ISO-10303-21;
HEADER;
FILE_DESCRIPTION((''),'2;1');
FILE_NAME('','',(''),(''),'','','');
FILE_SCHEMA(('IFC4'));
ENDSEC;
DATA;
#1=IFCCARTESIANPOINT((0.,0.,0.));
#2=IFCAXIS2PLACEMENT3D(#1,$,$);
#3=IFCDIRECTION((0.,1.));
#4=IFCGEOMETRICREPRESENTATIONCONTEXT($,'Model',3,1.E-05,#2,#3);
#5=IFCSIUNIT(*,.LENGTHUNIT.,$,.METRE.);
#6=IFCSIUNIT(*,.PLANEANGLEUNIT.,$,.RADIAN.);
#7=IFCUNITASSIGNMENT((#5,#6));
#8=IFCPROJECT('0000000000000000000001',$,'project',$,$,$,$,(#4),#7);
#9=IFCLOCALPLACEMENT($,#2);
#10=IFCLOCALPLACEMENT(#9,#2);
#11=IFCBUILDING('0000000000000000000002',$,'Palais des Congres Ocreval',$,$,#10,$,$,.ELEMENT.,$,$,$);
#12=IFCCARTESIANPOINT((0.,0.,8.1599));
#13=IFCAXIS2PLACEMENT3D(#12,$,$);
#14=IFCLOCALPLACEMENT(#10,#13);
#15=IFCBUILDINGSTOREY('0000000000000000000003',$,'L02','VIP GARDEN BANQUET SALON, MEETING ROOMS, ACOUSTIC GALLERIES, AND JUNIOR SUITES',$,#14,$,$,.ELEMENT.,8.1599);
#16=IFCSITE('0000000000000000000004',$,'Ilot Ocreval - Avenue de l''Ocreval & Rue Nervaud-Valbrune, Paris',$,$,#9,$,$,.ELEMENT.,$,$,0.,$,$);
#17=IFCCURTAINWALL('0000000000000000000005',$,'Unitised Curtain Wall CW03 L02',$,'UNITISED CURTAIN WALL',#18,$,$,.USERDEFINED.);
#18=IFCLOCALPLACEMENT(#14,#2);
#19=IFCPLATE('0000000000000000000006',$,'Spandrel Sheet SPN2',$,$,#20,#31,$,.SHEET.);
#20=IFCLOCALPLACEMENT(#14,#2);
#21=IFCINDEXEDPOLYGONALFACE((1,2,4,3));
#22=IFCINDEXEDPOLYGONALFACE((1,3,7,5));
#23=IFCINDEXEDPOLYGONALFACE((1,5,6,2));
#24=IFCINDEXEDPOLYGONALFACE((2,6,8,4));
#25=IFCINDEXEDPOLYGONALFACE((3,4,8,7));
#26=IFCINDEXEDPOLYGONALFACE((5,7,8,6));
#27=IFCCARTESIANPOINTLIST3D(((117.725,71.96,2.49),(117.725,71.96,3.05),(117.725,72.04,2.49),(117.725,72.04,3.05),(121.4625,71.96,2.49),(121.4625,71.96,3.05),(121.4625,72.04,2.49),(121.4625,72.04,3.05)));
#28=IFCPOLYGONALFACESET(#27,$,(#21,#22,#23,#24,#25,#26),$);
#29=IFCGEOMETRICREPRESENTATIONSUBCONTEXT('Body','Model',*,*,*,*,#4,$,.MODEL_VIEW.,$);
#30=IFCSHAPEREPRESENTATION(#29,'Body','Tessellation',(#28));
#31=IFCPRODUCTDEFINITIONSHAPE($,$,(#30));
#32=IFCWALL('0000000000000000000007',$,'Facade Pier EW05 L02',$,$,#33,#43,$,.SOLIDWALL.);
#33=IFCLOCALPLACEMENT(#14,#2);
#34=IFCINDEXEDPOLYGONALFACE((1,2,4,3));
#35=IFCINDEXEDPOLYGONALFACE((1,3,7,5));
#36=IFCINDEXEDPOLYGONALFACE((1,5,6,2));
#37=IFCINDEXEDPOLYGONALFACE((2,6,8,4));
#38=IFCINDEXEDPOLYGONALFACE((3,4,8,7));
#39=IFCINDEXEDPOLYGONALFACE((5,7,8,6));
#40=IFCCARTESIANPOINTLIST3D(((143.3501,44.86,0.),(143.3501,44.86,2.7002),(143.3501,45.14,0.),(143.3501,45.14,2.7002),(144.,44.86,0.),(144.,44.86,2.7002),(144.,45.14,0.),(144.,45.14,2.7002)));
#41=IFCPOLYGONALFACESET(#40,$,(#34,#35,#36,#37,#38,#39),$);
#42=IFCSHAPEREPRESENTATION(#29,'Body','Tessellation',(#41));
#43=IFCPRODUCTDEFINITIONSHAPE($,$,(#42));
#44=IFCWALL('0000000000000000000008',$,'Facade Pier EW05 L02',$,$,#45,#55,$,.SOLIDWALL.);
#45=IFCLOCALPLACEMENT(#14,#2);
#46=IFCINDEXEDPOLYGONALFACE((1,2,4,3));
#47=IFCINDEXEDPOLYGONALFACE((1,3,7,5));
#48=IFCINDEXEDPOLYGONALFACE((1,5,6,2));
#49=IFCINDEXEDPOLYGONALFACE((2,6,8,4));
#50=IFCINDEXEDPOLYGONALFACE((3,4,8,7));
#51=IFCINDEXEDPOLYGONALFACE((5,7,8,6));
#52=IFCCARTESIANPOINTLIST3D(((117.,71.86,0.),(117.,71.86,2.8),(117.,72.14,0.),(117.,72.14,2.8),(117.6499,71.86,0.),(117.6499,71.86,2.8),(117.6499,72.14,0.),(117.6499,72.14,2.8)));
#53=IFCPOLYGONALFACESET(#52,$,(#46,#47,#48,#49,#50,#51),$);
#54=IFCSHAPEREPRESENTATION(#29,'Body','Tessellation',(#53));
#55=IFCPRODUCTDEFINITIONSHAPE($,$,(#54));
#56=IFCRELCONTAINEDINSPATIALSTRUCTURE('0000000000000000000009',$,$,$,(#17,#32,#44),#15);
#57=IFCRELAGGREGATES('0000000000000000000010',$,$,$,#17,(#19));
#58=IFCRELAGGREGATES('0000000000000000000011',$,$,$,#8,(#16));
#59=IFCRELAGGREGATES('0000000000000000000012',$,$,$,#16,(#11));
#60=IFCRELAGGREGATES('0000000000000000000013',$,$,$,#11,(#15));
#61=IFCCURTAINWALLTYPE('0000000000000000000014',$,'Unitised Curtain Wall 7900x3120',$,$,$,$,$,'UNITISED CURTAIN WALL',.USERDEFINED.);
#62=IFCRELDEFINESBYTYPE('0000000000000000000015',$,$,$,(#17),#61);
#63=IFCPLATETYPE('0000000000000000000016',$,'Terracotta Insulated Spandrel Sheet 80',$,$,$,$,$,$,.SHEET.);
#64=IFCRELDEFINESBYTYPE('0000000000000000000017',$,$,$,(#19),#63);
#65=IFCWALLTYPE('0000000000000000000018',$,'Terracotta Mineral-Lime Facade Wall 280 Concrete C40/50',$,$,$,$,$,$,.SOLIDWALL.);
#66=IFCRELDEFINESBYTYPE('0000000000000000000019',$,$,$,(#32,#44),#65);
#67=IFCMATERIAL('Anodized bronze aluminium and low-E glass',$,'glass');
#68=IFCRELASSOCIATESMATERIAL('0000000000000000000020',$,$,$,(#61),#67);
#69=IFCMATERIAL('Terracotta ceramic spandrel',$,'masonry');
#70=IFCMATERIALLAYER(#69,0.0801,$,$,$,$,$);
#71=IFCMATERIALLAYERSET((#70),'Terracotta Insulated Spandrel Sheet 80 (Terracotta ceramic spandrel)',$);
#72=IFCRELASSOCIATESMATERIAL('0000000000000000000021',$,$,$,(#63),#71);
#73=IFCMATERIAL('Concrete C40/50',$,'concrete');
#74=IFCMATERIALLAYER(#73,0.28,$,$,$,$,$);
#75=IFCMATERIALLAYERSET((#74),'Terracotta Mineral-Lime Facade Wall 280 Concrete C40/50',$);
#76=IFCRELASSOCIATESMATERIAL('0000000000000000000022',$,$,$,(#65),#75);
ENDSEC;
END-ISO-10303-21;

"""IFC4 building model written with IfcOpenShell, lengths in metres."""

from ifc_helpers import new_model, si_unit, direction, frame, frame_2d, origin, origin_2d, place, context, subcontext, project, spatial, rectangle, extrude, material, layer, layer_set, type_object, element, aggregate, save


model = new_model("IFC4")

# Units and contexts
model_context = context("Model", 3, precision=1e-05, world=origin(), true_north=direction((0.0, 1.0)))
body_context = subcontext(model_context, "Body", "Model", "MODEL_VIEW")
ifc_project = project(units=[si_unit("LENGTHUNIT", "METRE"), si_unit("PLANEANGLEUNIT", "RADIAN")], contexts=[model_context])

# Site, building, storey
site_placement = place(None, origin())
site = spatial("IfcSite", under=ifc_project, at=site_placement, Name="Ilot Ocreval - Avenue de l'Ocreval & Rue Nervaud-Valbrune, Paris", CompositionType="ELEMENT", RefElevation=0.0)
building_placement = place(site_placement, origin())
building = spatial("IfcBuilding", under=site, at=building_placement, Name="Palais des Congres Ocreval", CompositionType="ELEMENT")
storey_placement = place(building_placement, frame((0.0, 0.0, 8.1599)))
storey = spatial("IfcBuildingStorey", under=building, at=storey_placement, Name="L02", Description="VIP GARDEN BANQUET SALON, MEETING ROOMS, ACOUSTIC GALLERIES, AND JUNIOR SUITES", CompositionType="ELEMENT", Elevation=8.1599)

# Curtain wall
ifc_material_1 = material(Name="Anodized bronze aluminium and low-E glass", Category="glass")
curtain_wall_type = type_object("IfcCurtainWallType", Name="Unitised Curtain Wall 7900x3120", ElementType="UNITISED CURTAIN WALL", PredefinedType="USERDEFINED", material=ifc_material_1)
curtain_wall_1_placement = place(storey_placement, origin())
curtain_wall_1 = element("IfcCurtainWall", 1, at=curtain_wall_1_placement, inside=storey, type_object=curtain_wall_type, Name="Unitised Curtain Wall CW03 L02", ObjectType="UNITISED CURTAIN WALL", PredefinedType="USERDEFINED")

# Shared definitions
ifc_material_2 = material(Name="Concrete C40/50", Category="concrete")

# Plate
ifc_material_3 = material(Name="Terracotta ceramic spandrel", Category="masonry")
ifc_layer_1 = layer(ifc_material_3, 0.0801)
ifc_layer_set_1 = layer_set([ifc_layer_1], Name="Terracotta Insulated Spandrel Sheet 80 (Terracotta ceramic spandrel)")
plate_type_1 = type_object("IfcPlateType", Name="Terracotta Insulated Spandrel Sheet 80", PredefinedType="SHEET", material=ifc_layer_set_1)
plate_1_placement = place(storey_placement, frame((119.5938, 72.0, 2.49), z_axis=(0.0, 0.0, 1.0), x_axis=(-1.0, 0.0, 0.0)))
plate_1 = element("IfcPlate", 2, at=plate_1_placement, type_object=plate_type_1, Name="Spandrel Sheet SPN2", PredefinedType="SHEET", context=body_context, shape_type="SweptSolid", body=[
    extrude(rectangle(XDim=3.7375, YDim=0.0801, at=origin_2d()), origin(), (0.0, 0.0, 1.0), 0.5601),
])
aggregate(curtain_wall_1, [plate_1])

# Walls
ifc_layer_2 = layer(ifc_material_2, 0.28)
ifc_layer_set_2 = layer_set([ifc_layer_2], Name="Terracotta Mineral-Lime Facade Wall 280 Concrete C40/50")
wall_type = type_object("IfcWallType", Name="Terracotta Mineral-Lime Facade Wall 280 Concrete C40/50", PredefinedType="SOLIDWALL", material=ifc_layer_set_2)
wall_1_placement = place(storey_placement, frame((143.3501, 45.0, 0.0), z_axis=(0.0, 0.0, 1.0), x_axis=(1.0, 0.0, 0.0)))
element("IfcWall", 3, at=wall_1_placement, inside=storey, type_object=wall_type, Name="Facade Pier EW05 L02", PredefinedType="SOLIDWALL", context=body_context, shape_type="SweptSolid", body=[
    extrude(rectangle(XDim=0.6499, YDim=0.28, at=frame_2d((0.325, 0.0))), origin(), (0.0, 0.0, 1.0), 2.7002),
])
wall_2_placement = place(storey_placement, frame((117.6499, 72.0, 0.0), z_axis=(0.0, 0.0, 1.0), x_axis=(-1.0, 0.0, 0.0)))
element("IfcWall", 4, at=wall_2_placement, inside=storey, type_object=wall_type, Name="Facade Pier EW05 L02", PredefinedType="SOLIDWALL", context=body_context, shape_type="SweptSolid", body=[
    extrude(rectangle(XDim=0.6499, YDim=0.28, at=frame_2d((0.325, 0.0))), origin(), (0.0, 0.0, 1.0), 2.8),
])

save(model, "model.ifc")
